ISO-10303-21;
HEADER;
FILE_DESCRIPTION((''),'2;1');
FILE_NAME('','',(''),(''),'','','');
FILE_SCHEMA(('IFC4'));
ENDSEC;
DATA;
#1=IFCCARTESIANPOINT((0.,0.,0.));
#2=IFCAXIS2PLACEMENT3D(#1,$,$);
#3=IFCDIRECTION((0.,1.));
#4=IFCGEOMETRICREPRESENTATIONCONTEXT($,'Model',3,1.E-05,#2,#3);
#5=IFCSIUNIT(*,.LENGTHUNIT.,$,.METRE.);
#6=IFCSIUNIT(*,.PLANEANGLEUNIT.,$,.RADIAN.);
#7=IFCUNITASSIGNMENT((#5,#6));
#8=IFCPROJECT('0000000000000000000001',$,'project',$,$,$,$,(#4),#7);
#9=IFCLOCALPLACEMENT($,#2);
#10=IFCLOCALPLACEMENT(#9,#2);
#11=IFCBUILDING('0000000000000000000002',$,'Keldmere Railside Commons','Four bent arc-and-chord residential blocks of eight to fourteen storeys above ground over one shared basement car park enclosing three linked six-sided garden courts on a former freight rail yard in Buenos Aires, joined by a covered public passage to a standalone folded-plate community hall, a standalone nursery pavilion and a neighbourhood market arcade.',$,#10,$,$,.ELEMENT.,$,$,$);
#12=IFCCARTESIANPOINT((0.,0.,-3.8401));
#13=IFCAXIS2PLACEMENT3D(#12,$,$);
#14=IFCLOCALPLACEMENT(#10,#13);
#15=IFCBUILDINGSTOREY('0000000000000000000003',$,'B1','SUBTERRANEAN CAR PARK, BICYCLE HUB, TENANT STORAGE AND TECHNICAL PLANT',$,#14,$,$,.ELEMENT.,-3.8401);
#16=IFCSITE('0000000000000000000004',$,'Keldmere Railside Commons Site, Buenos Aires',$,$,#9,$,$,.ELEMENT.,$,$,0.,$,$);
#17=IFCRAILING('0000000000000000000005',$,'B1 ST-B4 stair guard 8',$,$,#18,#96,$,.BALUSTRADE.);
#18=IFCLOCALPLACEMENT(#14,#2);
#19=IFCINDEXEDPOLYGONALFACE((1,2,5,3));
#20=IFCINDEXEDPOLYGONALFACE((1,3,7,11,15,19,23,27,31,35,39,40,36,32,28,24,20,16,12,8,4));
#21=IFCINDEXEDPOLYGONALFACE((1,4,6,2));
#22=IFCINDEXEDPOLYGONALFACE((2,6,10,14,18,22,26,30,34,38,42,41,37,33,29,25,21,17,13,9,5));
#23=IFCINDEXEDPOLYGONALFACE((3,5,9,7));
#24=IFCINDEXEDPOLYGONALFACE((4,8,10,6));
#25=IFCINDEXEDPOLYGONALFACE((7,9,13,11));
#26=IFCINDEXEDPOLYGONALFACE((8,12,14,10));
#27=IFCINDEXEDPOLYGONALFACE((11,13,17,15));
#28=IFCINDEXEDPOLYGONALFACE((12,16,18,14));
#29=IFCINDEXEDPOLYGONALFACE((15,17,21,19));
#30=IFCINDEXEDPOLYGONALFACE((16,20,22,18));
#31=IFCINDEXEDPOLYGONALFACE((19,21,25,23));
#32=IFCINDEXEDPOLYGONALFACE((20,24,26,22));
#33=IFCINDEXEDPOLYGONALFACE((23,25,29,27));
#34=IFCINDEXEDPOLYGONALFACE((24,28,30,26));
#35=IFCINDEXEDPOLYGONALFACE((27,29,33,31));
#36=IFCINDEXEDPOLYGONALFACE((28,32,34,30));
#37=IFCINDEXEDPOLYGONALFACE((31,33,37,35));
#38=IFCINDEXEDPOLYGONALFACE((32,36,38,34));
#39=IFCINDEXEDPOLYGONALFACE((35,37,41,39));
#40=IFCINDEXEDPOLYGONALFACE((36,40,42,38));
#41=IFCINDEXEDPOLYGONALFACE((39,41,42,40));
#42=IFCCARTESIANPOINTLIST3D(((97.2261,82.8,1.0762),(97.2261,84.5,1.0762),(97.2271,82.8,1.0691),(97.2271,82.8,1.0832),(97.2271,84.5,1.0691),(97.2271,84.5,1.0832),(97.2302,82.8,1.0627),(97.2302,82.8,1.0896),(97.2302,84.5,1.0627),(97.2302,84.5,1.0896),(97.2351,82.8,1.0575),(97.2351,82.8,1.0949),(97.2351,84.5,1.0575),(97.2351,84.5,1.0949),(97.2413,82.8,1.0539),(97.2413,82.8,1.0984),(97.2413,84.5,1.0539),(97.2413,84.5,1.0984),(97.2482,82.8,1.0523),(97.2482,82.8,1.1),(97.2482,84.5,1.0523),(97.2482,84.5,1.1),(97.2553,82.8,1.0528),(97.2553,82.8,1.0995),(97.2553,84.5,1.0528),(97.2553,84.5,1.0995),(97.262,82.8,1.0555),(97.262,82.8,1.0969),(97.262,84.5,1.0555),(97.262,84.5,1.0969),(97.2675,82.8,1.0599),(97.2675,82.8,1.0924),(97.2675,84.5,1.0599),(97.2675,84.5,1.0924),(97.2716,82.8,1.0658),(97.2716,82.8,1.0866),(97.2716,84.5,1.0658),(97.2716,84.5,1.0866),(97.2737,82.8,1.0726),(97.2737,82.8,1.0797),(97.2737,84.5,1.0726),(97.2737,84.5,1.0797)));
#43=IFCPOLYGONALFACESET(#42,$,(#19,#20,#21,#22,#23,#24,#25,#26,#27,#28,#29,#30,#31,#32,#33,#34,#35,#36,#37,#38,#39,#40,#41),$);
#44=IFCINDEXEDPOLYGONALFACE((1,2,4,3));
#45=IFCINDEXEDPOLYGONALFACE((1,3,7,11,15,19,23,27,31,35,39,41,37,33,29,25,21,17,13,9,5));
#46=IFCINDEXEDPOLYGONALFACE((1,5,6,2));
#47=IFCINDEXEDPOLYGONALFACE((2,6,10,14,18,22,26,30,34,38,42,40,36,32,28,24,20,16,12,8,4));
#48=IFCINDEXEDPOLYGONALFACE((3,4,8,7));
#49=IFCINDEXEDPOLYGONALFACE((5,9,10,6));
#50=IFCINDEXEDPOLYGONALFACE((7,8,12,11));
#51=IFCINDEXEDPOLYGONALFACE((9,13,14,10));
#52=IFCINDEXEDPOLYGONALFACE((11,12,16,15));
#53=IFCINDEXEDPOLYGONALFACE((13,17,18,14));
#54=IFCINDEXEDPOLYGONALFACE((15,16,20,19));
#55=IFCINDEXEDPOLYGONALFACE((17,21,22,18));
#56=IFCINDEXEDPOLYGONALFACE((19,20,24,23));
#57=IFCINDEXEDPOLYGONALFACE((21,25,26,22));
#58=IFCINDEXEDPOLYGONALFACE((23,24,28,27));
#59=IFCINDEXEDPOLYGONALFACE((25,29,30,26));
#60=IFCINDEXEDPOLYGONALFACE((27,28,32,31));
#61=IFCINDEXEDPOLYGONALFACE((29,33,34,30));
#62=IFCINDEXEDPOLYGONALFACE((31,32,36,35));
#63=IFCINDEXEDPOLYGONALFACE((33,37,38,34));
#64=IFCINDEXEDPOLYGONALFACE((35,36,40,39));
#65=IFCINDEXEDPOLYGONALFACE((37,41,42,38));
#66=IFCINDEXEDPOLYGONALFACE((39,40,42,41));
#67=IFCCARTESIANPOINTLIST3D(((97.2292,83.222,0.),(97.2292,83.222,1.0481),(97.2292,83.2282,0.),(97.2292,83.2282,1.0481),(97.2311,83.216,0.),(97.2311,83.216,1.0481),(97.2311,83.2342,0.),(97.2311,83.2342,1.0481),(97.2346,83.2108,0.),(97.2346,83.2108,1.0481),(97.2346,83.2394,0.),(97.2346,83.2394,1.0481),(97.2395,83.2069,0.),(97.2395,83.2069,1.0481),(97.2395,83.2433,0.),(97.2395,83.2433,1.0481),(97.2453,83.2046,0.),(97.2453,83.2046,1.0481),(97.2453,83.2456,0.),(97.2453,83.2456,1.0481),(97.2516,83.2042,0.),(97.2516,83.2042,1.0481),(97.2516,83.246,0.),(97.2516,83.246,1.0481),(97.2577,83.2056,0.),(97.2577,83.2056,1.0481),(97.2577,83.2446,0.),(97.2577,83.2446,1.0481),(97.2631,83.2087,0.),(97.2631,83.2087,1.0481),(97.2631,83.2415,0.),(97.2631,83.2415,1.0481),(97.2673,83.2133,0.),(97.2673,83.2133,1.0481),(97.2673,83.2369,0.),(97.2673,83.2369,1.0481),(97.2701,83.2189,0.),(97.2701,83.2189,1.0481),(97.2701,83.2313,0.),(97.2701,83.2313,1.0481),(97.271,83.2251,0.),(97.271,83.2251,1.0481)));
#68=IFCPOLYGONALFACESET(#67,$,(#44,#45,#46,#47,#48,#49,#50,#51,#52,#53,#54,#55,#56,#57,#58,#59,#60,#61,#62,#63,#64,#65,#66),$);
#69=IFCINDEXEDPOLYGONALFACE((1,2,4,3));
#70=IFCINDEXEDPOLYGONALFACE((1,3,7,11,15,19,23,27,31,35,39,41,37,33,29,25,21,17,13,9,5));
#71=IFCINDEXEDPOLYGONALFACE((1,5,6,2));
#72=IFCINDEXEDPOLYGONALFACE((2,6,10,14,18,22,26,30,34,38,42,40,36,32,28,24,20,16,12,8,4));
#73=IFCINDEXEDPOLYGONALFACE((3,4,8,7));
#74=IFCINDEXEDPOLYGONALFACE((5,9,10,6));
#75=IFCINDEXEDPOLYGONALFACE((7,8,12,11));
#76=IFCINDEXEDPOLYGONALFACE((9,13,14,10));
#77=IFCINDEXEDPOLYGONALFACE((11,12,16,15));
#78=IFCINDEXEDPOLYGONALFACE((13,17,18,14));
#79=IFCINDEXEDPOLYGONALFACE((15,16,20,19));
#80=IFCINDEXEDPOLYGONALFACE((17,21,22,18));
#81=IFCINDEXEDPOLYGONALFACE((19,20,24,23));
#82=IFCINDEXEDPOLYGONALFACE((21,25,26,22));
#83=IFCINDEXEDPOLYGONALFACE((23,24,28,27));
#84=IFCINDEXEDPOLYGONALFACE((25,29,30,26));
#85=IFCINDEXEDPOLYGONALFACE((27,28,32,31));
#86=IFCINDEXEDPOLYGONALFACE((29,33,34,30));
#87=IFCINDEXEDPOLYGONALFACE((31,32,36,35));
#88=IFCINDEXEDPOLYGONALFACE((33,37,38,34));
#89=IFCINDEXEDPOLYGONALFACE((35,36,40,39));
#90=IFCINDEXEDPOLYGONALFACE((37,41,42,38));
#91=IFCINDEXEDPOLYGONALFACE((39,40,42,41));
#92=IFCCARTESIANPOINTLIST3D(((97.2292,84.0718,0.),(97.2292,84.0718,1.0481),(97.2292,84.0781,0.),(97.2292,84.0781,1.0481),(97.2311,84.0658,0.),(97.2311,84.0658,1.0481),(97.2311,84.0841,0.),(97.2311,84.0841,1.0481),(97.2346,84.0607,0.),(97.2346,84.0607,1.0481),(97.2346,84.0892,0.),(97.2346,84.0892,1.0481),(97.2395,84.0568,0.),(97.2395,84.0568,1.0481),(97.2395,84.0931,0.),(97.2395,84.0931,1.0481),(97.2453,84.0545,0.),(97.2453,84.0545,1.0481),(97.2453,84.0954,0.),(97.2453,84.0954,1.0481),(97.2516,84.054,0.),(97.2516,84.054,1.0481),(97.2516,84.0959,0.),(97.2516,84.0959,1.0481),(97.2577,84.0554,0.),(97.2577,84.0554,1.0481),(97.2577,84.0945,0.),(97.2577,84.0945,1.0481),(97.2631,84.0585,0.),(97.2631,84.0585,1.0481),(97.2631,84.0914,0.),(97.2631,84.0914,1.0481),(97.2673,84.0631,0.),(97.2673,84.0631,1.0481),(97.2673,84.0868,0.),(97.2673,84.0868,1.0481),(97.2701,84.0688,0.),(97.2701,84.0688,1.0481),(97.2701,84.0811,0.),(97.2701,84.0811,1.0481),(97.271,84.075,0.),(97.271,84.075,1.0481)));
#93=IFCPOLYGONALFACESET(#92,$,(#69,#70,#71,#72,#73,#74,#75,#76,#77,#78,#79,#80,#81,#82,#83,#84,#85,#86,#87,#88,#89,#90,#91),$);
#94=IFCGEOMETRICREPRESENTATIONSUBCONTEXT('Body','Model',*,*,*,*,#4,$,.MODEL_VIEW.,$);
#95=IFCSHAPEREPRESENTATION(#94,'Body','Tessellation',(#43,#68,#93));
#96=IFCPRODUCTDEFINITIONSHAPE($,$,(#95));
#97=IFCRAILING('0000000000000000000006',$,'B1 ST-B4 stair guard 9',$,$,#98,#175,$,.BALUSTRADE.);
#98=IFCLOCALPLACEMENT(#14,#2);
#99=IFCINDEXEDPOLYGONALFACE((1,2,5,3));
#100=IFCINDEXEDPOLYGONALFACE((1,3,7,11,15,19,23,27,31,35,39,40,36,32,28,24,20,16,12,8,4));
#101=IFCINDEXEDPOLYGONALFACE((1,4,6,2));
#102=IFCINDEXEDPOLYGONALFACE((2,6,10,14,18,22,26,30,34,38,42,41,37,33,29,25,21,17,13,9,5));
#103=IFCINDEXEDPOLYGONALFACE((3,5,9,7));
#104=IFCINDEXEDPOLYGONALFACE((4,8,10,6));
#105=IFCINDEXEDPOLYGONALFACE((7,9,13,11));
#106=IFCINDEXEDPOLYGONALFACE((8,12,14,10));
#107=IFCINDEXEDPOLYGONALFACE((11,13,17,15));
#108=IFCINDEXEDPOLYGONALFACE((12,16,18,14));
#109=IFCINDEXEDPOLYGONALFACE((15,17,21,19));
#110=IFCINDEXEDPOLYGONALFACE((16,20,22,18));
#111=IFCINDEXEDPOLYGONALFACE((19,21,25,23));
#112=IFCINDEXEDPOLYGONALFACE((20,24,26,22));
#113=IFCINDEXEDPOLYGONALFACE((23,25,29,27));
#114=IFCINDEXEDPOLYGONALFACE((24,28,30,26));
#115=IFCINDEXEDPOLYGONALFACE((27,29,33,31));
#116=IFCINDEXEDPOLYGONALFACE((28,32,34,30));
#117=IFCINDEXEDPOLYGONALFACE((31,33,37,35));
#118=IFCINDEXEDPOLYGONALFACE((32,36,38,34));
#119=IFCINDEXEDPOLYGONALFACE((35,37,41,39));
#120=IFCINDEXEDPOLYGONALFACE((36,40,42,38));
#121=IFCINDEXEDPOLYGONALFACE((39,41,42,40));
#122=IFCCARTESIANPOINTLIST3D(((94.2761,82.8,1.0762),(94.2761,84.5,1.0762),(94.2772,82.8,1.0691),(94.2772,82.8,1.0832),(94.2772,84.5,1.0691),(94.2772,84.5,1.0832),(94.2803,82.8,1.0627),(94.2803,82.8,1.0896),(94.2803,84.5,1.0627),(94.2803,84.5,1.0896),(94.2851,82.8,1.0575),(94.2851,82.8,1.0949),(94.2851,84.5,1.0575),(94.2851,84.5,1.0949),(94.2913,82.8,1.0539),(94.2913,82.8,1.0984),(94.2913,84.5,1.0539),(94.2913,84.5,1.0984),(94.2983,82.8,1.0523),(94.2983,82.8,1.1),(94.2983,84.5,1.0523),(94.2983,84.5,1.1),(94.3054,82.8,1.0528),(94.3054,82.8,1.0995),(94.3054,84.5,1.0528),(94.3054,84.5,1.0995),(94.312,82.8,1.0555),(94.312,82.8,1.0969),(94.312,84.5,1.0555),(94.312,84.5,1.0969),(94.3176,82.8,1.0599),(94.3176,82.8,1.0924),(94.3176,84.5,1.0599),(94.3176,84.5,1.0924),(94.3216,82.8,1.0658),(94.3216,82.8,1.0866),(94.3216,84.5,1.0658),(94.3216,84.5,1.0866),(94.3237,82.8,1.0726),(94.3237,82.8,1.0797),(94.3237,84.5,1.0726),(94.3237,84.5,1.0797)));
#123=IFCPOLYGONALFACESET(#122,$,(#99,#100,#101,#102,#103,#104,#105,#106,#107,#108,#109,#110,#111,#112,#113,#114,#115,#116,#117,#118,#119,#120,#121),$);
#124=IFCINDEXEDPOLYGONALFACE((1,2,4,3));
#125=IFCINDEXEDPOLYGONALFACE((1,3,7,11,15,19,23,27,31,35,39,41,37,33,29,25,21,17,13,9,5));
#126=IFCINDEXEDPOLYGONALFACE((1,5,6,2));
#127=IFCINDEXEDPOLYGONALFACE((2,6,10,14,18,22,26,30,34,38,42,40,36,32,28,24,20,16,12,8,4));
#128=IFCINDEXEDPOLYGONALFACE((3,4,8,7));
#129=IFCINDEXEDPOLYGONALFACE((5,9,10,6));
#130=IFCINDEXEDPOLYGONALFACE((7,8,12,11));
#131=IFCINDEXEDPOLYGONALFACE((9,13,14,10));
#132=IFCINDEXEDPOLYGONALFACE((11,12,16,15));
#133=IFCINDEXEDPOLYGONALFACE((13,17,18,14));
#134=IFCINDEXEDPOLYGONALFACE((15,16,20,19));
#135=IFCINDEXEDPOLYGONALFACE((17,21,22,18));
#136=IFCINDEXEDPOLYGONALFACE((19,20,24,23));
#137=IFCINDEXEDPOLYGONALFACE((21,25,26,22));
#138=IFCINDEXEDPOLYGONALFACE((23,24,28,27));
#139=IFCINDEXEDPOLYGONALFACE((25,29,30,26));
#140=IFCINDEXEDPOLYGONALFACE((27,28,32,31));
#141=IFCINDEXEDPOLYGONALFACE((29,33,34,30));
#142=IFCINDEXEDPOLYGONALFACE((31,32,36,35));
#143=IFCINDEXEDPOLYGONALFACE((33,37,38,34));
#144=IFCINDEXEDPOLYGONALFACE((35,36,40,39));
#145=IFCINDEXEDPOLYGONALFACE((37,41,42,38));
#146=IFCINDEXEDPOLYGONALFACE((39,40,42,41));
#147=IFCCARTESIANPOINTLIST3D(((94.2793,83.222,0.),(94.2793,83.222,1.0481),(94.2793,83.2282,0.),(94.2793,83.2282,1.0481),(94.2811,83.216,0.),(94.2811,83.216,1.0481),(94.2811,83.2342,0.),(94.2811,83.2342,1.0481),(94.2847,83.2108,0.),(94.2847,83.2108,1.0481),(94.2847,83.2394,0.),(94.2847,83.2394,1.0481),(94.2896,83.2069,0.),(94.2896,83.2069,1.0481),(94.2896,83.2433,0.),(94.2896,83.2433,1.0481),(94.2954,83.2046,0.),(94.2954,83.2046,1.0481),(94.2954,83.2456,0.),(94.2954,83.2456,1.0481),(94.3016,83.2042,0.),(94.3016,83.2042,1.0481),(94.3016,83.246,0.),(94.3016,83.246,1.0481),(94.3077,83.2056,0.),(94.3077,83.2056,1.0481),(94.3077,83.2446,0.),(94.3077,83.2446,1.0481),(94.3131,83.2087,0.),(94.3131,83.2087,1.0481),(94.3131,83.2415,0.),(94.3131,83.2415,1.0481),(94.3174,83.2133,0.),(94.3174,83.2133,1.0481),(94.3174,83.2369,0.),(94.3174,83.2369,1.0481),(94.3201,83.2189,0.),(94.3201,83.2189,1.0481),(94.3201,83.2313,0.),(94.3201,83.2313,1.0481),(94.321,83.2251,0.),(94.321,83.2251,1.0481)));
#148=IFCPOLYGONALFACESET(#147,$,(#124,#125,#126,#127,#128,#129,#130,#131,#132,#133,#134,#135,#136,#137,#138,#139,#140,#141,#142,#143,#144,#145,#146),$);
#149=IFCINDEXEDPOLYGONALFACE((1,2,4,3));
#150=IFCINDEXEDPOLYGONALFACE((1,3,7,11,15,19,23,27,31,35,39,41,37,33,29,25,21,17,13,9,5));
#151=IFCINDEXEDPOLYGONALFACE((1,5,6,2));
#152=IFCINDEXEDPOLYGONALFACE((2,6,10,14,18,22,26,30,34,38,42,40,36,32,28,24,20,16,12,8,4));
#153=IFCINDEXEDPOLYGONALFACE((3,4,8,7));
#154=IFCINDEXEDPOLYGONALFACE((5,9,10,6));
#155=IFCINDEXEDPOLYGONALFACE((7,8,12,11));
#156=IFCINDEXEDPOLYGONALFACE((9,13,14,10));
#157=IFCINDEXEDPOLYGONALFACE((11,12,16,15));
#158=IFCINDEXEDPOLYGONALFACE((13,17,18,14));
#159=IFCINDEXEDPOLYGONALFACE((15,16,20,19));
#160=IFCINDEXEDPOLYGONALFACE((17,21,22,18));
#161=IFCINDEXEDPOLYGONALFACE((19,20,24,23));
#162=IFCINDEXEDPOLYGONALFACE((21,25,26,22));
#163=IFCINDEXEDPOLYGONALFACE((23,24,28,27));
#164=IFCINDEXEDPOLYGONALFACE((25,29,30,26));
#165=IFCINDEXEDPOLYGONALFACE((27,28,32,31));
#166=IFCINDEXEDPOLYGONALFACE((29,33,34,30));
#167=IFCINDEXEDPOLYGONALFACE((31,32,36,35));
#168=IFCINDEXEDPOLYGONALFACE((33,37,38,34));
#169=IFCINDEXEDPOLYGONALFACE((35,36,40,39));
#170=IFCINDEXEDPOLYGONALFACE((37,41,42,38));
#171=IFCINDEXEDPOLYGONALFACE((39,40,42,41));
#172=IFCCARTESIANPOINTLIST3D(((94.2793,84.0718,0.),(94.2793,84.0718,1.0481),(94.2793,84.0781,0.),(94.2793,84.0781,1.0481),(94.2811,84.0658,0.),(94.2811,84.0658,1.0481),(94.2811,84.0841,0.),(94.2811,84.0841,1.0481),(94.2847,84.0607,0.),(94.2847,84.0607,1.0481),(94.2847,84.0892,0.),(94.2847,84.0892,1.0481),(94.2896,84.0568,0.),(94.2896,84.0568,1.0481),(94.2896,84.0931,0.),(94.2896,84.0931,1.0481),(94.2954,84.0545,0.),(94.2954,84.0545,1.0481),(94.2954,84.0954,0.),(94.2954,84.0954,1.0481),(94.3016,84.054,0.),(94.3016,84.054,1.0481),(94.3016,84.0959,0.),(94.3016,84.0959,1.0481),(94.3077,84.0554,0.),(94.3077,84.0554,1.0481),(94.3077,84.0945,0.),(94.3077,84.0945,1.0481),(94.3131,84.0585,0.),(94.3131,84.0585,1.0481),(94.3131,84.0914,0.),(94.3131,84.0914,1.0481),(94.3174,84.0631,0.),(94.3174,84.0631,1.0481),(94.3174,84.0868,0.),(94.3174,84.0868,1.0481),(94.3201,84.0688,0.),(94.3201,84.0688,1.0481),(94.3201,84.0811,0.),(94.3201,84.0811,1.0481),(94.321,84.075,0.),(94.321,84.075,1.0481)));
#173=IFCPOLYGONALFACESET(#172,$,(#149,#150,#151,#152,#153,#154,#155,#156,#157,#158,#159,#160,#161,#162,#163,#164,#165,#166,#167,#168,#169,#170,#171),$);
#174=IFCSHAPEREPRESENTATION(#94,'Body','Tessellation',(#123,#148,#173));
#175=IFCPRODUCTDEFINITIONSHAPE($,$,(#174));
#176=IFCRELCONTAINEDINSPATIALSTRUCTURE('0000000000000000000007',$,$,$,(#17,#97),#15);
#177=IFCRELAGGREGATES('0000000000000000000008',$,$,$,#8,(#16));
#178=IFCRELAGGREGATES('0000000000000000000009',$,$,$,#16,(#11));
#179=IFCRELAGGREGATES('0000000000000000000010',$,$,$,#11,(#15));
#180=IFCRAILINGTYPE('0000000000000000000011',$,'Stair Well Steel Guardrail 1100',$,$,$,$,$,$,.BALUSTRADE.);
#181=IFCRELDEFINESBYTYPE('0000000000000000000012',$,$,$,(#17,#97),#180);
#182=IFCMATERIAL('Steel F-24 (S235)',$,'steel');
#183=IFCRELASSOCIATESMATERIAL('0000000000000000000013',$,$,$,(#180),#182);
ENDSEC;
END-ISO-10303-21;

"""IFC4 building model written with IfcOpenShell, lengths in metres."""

from ifc_helpers import new_model, si_unit, direction, frame, origin, origin_2d, place, context, subcontext, project, spatial, circle, extrude, material, type_object, element, save


model = new_model("IFC4")

# Units and contexts
model_context = context("Model", 3, precision=1e-05, world=origin(), true_north=direction((0.0, 1.0)))
body_context = subcontext(model_context, "Body", "Model", "MODEL_VIEW")
ifc_project = project(units=[si_unit("LENGTHUNIT", "METRE"), si_unit("PLANEANGLEUNIT", "RADIAN")], contexts=[model_context])

# Site, building, storey
site_placement = place(None, origin())
site = spatial("IfcSite", under=ifc_project, at=site_placement, Name="Keldmere Railside Commons Site, Buenos Aires", CompositionType="ELEMENT", RefElevation=0.0)
building_placement = place(site_placement, origin())
building = spatial("IfcBuilding", under=site, at=building_placement, Name="Keldmere Railside Commons", Description="Four bent arc-and-chord residential blocks of eight to fourteen storeys above ground over one shared basement car park enclosing three linked six-sided garden courts on a former freight rail yard in Buenos Aires, joined by a covered public passage to a standalone folded-plate community hall, a standalone nursery pavilion and a neighbourhood market arcade.", CompositionType="ELEMENT")
storey_placement = place(building_placement, frame((0.0, 0.0, -3.8401)))
storey = spatial("IfcBuildingStorey", under=building, at=storey_placement, Name="B1", Description="SUBTERRANEAN CAR PARK, BICYCLE HUB, TENANT STORAGE AND TECHNICAL PLANT", CompositionType="ELEMENT", Elevation=-3.8401)

# Shared definitions
ifc_material_1 = material(Name="Steel F-24 (S235)", Category="steel")

# Railings
railing_type_1 = type_object("IfcRailingType", Name="Stair Well Steel Guardrail 1100", PredefinedType="BALUSTRADE", material=ifc_material_1)
for number, where, name in (
    (1, (97.25, 82.8, 0.0), "B1 ST-B4 stair guard 8"),
    (2, (94.3, 82.8, 0.0), "B1 ST-B4 stair guard 9"),
):
    element("IfcRailing", number, at=place(storey_placement, frame(where)), inside=storey, type_object=railing_type_1, Name=name, PredefinedType="BALUSTRADE", context=body_context, shape_type="SweptSolid", body=[
        extrude(circle(Radius=0.0239, at=origin_2d()), frame((0.0, 0.0, 1.0762), z_axis=(0.0, 1.0, 0.0), x_axis=(-1.0, 0.0, 0.0)), (0.0, 0.0, 1.0), 1.7),
        extrude(circle(Radius=0.021, at=origin_2d()), frame((0.0, 0.425, 0.0)), (0.0, 0.0, 1.0), 1.0481),
        extrude(circle(Radius=0.021, at=origin_2d()), frame((0.0, 1.2749, 0.0)), (0.0, 0.0, 1.0), 1.0481),
    ])

save(model, "model.ifc")
